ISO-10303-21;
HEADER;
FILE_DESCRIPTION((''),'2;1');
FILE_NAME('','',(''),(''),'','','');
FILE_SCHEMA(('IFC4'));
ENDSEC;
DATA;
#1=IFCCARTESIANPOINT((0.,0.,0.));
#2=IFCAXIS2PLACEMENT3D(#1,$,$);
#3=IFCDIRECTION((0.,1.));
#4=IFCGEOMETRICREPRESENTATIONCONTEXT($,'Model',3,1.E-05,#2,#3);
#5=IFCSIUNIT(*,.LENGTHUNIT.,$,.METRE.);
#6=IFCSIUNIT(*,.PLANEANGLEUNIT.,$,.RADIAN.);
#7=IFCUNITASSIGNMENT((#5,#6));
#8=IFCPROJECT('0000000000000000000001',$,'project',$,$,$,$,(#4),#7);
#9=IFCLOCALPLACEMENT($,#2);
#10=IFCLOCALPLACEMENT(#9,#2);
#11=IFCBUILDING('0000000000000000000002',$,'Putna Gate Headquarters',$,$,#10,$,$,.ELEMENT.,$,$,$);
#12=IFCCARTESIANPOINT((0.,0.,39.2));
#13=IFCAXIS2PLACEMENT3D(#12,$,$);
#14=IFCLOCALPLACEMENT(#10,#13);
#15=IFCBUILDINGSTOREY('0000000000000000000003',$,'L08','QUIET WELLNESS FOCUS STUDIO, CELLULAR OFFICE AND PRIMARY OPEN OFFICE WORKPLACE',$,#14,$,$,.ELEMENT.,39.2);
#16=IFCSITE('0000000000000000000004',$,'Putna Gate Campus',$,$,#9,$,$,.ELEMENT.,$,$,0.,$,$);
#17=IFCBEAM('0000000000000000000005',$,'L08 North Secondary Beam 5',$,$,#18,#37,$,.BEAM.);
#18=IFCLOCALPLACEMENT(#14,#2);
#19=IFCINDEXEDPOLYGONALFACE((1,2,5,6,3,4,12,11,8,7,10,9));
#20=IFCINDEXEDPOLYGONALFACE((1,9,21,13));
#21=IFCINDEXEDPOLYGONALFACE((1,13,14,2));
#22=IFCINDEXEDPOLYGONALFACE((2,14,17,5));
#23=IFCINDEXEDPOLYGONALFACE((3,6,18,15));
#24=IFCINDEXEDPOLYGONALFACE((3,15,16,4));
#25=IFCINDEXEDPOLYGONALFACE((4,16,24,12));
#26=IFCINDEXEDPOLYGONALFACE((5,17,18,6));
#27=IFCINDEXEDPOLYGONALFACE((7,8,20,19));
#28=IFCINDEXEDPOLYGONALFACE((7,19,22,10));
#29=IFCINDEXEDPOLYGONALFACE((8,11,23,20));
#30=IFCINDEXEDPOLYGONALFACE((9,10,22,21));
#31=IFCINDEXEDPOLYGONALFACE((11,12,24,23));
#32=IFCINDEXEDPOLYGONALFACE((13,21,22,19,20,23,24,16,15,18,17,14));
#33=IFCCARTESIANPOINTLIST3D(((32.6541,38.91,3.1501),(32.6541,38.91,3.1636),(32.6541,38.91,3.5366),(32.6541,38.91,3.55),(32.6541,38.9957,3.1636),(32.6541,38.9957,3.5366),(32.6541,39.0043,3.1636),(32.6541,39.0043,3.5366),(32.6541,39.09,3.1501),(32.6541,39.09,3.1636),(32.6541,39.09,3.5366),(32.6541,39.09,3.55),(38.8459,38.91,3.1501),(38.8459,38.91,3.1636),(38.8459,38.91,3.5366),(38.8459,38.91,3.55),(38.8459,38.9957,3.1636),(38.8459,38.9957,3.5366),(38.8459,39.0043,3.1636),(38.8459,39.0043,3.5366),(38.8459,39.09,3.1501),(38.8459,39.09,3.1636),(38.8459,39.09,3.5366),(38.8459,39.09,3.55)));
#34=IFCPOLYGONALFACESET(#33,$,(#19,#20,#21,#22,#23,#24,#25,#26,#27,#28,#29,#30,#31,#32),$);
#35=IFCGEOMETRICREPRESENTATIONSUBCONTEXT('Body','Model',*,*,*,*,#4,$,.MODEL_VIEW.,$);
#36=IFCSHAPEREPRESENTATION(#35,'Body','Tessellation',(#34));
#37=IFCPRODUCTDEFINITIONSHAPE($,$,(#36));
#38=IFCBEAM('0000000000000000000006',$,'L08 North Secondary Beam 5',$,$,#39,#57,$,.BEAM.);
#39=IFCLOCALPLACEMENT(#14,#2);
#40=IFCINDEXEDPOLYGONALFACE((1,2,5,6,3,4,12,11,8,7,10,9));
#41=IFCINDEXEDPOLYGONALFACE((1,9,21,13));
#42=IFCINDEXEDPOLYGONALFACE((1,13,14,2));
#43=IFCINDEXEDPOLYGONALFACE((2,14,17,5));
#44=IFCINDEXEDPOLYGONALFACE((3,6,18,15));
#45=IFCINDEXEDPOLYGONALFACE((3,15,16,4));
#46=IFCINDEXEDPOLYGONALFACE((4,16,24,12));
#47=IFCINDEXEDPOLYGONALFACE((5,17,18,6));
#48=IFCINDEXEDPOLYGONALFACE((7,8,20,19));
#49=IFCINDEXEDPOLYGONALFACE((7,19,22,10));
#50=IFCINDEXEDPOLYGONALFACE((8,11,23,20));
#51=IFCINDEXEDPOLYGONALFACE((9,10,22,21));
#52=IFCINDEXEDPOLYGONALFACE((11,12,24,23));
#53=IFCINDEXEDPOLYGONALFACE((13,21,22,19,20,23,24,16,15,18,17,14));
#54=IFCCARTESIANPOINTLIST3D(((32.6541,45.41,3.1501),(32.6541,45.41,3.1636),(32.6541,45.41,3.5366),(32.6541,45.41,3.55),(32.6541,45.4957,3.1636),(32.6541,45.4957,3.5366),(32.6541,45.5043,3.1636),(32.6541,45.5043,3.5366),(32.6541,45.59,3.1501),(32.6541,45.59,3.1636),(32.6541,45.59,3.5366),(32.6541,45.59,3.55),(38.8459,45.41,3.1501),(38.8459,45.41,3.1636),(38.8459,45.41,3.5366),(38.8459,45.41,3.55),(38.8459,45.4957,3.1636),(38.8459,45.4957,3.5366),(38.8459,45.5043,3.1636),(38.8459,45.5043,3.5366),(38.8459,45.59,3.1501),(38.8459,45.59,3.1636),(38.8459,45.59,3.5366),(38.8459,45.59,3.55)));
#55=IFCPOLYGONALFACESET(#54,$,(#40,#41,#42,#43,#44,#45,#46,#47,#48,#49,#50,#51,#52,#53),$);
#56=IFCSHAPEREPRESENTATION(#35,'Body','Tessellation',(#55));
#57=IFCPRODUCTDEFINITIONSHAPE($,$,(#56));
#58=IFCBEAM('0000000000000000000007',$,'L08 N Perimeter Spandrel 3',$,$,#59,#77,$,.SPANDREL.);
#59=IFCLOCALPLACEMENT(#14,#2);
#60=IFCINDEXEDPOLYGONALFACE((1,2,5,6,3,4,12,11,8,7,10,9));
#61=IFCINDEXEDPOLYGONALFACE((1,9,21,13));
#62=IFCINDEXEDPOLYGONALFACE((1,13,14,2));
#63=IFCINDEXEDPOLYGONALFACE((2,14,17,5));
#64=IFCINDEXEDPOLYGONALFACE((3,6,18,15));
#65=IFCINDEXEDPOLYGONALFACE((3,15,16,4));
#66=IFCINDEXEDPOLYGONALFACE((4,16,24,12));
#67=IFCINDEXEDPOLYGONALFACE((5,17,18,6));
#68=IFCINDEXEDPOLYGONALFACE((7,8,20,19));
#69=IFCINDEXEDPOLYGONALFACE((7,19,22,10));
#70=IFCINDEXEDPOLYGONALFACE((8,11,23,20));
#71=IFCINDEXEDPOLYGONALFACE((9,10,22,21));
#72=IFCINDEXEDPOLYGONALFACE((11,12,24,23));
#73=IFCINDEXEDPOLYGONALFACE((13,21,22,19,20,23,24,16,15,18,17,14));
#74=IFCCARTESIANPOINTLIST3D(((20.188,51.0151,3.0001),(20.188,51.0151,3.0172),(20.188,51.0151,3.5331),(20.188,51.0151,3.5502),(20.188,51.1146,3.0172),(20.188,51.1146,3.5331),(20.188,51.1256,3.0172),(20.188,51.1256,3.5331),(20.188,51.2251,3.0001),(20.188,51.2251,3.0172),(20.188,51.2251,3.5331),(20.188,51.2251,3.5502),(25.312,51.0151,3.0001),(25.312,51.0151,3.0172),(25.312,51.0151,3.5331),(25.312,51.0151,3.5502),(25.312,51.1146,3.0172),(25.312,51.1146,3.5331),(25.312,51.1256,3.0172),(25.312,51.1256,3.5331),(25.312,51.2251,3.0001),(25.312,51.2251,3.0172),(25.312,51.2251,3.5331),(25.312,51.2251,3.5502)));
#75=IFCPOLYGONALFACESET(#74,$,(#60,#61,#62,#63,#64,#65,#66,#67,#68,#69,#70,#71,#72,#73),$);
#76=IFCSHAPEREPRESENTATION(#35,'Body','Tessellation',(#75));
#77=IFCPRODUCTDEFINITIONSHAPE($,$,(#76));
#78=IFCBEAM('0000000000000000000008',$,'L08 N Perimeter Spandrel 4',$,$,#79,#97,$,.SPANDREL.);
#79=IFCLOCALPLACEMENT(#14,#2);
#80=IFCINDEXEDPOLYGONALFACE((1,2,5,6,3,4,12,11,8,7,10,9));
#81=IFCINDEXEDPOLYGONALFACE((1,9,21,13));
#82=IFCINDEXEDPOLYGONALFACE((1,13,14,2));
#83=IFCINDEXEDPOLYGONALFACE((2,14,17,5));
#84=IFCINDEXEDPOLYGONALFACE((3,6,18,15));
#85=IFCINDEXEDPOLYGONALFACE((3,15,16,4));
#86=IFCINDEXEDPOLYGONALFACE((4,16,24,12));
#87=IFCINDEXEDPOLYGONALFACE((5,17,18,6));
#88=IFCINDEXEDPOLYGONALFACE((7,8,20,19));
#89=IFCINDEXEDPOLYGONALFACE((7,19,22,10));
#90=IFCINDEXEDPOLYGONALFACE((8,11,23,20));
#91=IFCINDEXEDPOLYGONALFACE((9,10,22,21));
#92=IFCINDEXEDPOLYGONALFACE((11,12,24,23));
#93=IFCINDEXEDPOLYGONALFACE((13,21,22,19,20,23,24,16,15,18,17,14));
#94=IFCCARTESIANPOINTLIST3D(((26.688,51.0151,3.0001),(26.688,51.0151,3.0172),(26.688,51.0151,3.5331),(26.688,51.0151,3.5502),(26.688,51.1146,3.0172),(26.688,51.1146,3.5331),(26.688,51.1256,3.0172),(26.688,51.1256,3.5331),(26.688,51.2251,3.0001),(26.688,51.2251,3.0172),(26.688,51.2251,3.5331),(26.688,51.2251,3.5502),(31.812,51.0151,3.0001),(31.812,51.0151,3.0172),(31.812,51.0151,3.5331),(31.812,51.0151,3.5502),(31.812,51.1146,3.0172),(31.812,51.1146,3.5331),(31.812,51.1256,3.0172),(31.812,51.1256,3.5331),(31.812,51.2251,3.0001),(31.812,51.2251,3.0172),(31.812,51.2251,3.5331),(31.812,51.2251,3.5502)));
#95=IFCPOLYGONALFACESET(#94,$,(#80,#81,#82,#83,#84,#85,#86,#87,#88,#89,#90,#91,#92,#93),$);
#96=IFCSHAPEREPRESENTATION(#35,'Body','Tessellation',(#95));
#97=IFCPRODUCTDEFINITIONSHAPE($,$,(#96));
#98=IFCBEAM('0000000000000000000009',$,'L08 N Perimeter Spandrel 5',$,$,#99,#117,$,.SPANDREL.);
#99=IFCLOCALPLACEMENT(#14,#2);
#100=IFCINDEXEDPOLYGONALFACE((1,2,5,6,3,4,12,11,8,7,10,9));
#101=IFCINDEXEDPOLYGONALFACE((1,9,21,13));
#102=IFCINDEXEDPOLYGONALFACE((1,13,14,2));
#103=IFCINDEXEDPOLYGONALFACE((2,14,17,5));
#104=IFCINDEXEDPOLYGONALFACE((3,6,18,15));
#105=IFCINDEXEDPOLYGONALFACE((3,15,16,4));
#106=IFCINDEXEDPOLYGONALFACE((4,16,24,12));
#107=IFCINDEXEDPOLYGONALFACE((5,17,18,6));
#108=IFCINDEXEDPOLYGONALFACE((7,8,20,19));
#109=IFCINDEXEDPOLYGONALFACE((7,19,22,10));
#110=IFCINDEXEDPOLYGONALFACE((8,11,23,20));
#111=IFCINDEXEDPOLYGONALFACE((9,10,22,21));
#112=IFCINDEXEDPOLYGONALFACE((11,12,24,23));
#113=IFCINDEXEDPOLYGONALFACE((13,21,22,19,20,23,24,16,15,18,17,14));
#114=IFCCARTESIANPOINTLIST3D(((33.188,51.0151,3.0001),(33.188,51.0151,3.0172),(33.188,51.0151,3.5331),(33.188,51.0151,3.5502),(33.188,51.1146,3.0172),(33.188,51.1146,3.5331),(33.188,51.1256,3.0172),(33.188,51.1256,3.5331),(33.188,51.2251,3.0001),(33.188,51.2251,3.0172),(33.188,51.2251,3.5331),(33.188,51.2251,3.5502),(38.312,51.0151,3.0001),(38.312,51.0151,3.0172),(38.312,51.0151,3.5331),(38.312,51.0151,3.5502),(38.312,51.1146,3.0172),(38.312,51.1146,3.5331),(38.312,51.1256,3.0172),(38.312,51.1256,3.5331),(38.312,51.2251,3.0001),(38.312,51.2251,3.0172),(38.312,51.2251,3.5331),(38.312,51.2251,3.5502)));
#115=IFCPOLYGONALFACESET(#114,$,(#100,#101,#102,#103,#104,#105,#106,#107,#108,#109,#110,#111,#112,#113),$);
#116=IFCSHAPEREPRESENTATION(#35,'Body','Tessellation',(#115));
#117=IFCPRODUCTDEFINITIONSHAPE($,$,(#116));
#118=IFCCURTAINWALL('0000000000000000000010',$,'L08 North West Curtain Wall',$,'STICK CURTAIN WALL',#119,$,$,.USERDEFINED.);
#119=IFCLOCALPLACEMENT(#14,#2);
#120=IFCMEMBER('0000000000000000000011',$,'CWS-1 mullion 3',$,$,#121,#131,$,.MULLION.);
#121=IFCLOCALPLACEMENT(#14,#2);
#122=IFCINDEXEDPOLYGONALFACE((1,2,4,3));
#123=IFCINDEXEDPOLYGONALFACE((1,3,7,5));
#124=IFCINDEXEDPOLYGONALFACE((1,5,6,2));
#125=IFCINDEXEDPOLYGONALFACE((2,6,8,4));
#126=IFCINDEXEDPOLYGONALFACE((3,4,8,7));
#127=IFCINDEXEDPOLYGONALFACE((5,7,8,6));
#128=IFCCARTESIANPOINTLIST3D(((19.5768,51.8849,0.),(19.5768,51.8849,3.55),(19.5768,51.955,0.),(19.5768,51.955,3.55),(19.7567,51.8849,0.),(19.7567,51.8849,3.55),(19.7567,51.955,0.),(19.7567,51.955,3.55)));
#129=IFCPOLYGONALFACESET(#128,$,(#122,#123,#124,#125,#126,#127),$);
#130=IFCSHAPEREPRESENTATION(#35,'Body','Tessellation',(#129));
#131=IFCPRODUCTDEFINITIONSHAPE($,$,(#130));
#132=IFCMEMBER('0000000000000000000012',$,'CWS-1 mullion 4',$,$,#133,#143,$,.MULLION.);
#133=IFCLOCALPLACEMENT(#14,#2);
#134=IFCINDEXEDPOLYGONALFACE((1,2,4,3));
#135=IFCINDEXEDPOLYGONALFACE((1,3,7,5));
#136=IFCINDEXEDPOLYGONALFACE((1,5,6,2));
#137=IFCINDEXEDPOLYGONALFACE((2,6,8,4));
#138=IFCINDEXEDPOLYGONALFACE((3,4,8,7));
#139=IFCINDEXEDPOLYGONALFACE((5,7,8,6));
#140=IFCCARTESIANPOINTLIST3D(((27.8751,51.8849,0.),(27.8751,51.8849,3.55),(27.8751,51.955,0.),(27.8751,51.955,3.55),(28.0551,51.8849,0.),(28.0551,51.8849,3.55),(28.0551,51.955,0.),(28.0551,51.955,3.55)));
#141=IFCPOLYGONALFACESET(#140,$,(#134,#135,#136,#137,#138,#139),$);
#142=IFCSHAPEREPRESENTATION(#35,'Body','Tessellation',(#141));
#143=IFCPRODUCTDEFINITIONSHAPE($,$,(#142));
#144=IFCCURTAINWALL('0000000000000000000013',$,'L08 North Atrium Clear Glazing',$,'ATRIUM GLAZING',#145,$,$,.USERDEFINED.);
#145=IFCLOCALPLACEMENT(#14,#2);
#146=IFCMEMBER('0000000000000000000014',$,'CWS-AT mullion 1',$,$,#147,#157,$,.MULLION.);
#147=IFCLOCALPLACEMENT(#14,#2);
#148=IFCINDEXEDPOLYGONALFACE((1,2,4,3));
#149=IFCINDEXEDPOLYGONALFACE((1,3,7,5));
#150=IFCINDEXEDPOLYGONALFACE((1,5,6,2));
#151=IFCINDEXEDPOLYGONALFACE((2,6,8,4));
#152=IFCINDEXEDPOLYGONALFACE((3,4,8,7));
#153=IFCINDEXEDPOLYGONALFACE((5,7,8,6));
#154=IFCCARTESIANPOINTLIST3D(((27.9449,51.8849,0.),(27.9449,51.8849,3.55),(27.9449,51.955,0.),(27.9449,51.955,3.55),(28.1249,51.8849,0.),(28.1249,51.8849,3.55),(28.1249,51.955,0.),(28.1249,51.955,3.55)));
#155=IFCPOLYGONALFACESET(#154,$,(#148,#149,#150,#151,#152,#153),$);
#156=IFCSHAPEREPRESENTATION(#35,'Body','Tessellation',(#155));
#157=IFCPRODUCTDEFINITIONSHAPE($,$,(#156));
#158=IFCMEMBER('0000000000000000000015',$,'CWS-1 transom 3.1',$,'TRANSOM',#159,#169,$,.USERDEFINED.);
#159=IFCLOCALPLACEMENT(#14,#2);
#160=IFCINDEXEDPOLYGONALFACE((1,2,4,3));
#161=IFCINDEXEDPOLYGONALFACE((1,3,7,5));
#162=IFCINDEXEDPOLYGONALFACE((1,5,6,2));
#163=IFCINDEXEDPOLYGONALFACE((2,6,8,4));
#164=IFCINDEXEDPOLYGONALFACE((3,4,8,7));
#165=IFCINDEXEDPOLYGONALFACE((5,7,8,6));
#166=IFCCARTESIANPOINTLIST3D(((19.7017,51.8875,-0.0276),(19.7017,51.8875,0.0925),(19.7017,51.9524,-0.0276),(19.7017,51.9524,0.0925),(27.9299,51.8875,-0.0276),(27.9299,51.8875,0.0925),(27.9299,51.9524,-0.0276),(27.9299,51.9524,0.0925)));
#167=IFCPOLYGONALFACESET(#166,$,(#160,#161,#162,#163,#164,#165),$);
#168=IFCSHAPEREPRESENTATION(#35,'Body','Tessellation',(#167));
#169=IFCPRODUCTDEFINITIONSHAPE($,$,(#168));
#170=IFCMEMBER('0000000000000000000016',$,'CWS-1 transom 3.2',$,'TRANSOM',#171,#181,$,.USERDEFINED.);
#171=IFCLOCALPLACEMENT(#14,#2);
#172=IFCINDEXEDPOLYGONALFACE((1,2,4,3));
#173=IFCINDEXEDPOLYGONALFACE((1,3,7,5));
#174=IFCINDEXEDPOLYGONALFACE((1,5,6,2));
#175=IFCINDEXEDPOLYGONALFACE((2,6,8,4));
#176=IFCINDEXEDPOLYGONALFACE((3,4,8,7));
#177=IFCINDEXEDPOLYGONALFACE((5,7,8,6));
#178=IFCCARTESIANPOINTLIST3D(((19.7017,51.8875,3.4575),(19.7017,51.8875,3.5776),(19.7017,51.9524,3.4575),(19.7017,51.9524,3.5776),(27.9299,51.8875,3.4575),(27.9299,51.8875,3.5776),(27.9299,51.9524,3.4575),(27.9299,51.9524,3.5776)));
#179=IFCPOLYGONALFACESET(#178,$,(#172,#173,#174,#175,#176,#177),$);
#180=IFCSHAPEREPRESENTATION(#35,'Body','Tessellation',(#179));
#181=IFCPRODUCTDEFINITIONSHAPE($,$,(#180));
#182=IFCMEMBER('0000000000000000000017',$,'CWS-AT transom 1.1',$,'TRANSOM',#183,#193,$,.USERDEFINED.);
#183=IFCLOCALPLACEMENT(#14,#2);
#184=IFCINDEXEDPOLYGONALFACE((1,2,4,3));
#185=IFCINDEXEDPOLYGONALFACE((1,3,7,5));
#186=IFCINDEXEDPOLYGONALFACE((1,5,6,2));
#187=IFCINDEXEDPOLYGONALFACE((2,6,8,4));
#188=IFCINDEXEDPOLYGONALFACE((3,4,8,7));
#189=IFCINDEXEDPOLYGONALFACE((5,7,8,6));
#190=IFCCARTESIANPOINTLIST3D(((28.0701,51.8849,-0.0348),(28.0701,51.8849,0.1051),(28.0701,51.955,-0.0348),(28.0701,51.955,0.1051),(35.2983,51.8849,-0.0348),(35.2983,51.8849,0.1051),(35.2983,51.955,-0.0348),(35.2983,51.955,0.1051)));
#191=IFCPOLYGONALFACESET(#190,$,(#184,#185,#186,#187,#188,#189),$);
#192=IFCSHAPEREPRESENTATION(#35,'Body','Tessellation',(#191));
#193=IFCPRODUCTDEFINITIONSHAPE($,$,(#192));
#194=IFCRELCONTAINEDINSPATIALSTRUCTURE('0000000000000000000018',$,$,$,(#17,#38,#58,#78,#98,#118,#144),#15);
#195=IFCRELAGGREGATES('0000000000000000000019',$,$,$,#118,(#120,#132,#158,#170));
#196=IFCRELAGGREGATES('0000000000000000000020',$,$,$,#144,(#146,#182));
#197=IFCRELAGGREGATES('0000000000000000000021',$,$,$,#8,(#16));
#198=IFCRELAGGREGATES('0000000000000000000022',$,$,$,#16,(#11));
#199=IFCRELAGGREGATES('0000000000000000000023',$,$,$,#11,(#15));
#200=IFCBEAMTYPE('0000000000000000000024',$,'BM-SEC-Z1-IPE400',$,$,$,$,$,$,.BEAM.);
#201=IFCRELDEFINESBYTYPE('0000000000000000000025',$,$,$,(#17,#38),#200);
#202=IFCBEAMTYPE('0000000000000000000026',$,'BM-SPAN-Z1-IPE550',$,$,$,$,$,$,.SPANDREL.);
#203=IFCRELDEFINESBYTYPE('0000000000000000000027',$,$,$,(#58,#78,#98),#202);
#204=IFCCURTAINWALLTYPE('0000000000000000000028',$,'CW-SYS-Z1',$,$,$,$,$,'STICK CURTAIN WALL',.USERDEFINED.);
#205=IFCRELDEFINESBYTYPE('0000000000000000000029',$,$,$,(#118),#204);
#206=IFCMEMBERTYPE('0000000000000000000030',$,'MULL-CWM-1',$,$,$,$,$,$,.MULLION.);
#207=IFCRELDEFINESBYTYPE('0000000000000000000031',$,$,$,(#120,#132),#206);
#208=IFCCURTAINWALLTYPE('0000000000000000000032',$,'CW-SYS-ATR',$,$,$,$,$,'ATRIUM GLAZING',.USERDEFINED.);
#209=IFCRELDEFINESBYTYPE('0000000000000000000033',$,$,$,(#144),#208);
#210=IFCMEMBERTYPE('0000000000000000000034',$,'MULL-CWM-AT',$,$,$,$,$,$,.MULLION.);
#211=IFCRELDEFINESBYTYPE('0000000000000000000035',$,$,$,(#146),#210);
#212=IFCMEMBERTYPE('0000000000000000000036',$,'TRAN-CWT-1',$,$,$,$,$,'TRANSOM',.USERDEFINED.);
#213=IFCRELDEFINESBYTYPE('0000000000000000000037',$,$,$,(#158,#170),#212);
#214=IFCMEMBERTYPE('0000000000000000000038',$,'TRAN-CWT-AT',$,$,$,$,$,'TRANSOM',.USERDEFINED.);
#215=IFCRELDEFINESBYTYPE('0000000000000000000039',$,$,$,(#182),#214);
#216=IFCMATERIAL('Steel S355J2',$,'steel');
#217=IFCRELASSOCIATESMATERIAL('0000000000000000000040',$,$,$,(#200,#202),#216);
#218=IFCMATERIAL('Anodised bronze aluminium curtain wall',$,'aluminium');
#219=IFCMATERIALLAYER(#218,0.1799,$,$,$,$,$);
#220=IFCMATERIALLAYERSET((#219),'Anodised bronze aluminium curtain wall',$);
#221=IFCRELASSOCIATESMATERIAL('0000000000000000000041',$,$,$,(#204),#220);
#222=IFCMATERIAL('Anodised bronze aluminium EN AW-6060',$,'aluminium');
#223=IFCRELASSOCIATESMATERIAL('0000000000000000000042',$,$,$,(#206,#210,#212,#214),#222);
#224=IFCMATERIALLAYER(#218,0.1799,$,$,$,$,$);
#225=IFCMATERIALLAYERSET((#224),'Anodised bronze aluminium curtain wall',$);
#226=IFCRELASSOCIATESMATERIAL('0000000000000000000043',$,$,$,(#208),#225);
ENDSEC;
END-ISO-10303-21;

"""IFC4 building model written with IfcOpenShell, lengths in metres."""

from ifc_helpers import new_model, si_unit, direction, frame, origin, origin_2d, place, context, subcontext, project, spatial, rectangle, i_section, extrude, material, layer, layer_set, material_profile, profile_set, type_object, element, aggregate, save


model = new_model("IFC4")

# Units and contexts
model_context = context("Model", 3, precision=1e-05, world=origin(), true_north=direction((0.0, 1.0)))
body_context = subcontext(model_context, "Body", "Model", "MODEL_VIEW")
ifc_project = project(units=[si_unit("LENGTHUNIT", "METRE"), si_unit("PLANEANGLEUNIT", "RADIAN")], contexts=[model_context])

# Site, building, storey
site_placement = place(None, origin())
site = spatial("IfcSite", under=ifc_project, at=site_placement, Name="Putna Gate Campus", CompositionType="ELEMENT", RefElevation=0.0)
building_placement = place(site_placement, origin())
building = spatial("IfcBuilding", under=site, at=building_placement, Name="Putna Gate Headquarters", CompositionType="ELEMENT")
storey_placement = place(building_placement, frame((0.0, 0.0, 39.2)))
storey = spatial("IfcBuildingStorey", under=building, at=storey_placement, Name="L08", Description="QUIET WELLNESS FOCUS STUDIO, CELLULAR OFFICE AND PRIMARY OPEN OFFICE WORKPLACE", CompositionType="ELEMENT", Elevation=39.2)

# Beams
ifc_material_1 = material(Name="Steel S355J2", Category="steel")
ifc_material_profile_1 = material_profile(ifc_material_1, i_section(OverallWidth=0.1799, OverallDepth=0.3999, WebThickness=0.0085, FlangeThickness=0.0134, at=origin_2d()), Name="Steel S355J2")
ifc_profile_set_1 = profile_set([ifc_material_profile_1], Name="Steel S355J2")
beam_type_1 = type_object("IfcBeamType", Name="BM-SEC-Z1-IPE400", PredefinedType="BEAM", material=ifc_profile_set_1)
for number, where, z_axis, x_axis, name in (
    (1, (32.6541, 39.0, 3.3501), (1.0, 0.0, 0.0), (0.0, 1.0, 0.0), "L08 North Secondary Beam 5"),
    (2, (32.6541, 45.5, 3.3501), (1.0, 0.0, 0.0), (0.0, 1.0, 0.0), "L08 North Secondary Beam 5"),
):
    element("IfcBeam", number, at=place(storey_placement, frame(where, z_axis=z_axis, x_axis=x_axis)), inside=storey, type_object=beam_type_1, Name=name, PredefinedType="BEAM", context=body_context, shape_type="SweptSolid", body=[
        extrude(i_section(OverallWidth=0.1799, OverallDepth=0.3999, WebThickness=0.0085, FlangeThickness=0.0134, at=origin_2d()), origin(), (0.0, 0.0, 1.0), 6.1919),
    ])
ifc_material_profile_2 = material_profile(ifc_material_1, i_section(OverallWidth=0.21, OverallDepth=0.55, WebThickness=0.011, FlangeThickness=0.0171, at=origin_2d()), Name="Steel S355J2")
ifc_profile_set_2 = profile_set([ifc_material_profile_2], Name="Steel S355J2")
beam_type_2 = type_object("IfcBeamType", Name="BM-SPAN-Z1-IPE550", PredefinedType="SPANDREL", material=ifc_profile_set_2)
for number, where, z_axis, x_axis, name in (
    (3, (20.188, 51.1201, 3.2751), (1.0, 0.0, 0.0), (0.0, 1.0, 0.0), "L08 N Perimeter Spandrel 3"),
    (4, (26.688, 51.1201, 3.2751), (1.0, 0.0, 0.0), (0.0, 1.0, 0.0), "L08 N Perimeter Spandrel 4"),
    (5, (33.188, 51.1201, 3.2751), (1.0, 0.0, 0.0), (0.0, 1.0, 0.0), "L08 N Perimeter Spandrel 5"),
):
    element("IfcBeam", number, at=place(storey_placement, frame(where, z_axis=z_axis, x_axis=x_axis)), inside=storey, type_object=beam_type_2, Name=name, PredefinedType="SPANDREL", context=body_context, shape_type="SweptSolid", body=[
        extrude(i_section(OverallWidth=0.21, OverallDepth=0.55, WebThickness=0.011, FlangeThickness=0.0171, at=origin_2d()), origin(), (0.0, 0.0, 1.0), 5.124),
    ])

# Curtain wall, members
ifc_material_2 = material(Name="Anodised bronze aluminium curtain wall", Category="aluminium")
ifc_layer_1 = layer(ifc_material_2, 0.1799)
ifc_layer_set_1 = layer_set([ifc_layer_1], Name="Anodised bronze aluminium curtain wall")
curtain_wall_type_1 = type_object("IfcCurtainWallType", Name="CW-SYS-Z1", ElementType="STICK CURTAIN WALL", PredefinedType="USERDEFINED", material=ifc_layer_set_1)
curtain_wall_1_placement = place(storey_placement, origin())
curtain_wall_1 = element("IfcCurtainWall", 6, at=curtain_wall_1_placement, inside=storey, type_object=curtain_wall_type_1, Name="L08 North West Curtain Wall", ObjectType="STICK CURTAIN WALL", PredefinedType="USERDEFINED")
ifc_material_3 = material(Name="Anodised bronze aluminium EN AW-6060", Category="aluminium")
ifc_material_profile_3 = material_profile(ifc_material_3, rectangle(XDim=0.0701, YDim=0.1799, at=origin_2d()), Name="Anodised bronze aluminium EN AW-6060")
ifc_profile_set_3 = profile_set([ifc_material_profile_3], Name="Anodised bronze aluminium EN AW-6060")
member_type_1 = type_object("IfcMemberType", Name="MULL-CWM-1", PredefinedType="MULLION", material=ifc_profile_set_3)
member_1_placement = place(storey_placement, frame((19.6667, 51.9199, 0.0), z_axis=(0.0, 0.0, 1.0), x_axis=(0.0, 1.0, 0.0)))
member_1 = element("IfcMember", 7, at=member_1_placement, type_object=member_type_1, Name="CWS-1 mullion 3", PredefinedType="MULLION", context=body_context, shape_type="SweptSolid", body=[
    extrude(rectangle(XDim=0.0701, YDim=0.1799, at=origin_2d()), origin(), (0.0, 0.0, 1.0), 3.55),
])
member_2_placement = place(storey_placement, frame((27.9651, 51.9199, 0.0), z_axis=(0.0, 0.0, 1.0), x_axis=(0.0, 1.0, 0.0)))
member_2 = element("IfcMember", 8, at=member_2_placement, type_object=member_type_1, Name="CWS-1 mullion 4", PredefinedType="MULLION", context=body_context, shape_type="SweptSolid", body=[
    extrude(rectangle(XDim=0.0701, YDim=0.1799, at=origin_2d()), origin(), (0.0, 0.0, 1.0), 3.55),
])

# Curtain wall, member
ifc_layer_2 = layer(ifc_material_2, 0.1799)
ifc_layer_set_2 = layer_set([ifc_layer_2], Name="Anodised bronze aluminium curtain wall")
curtain_wall_type_2 = type_object("IfcCurtainWallType", Name="CW-SYS-ATR", ElementType="ATRIUM GLAZING", PredefinedType="USERDEFINED", material=ifc_layer_set_2)
curtain_wall_2_placement = place(storey_placement, origin())
curtain_wall_2 = element("IfcCurtainWall", 9, at=curtain_wall_2_placement, inside=storey, type_object=curtain_wall_type_2, Name="L08 North Atrium Clear Glazing", ObjectType="ATRIUM GLAZING", PredefinedType="USERDEFINED")
ifc_material_profile_4 = material_profile(ifc_material_3, rectangle(XDim=0.0701, YDim=0.1799, at=origin_2d()), Name="Anodised bronze aluminium EN AW-6060")
ifc_profile_set_4 = profile_set([ifc_material_profile_4], Name="Anodised bronze aluminium EN AW-6060")
member_type_2 = type_object("IfcMemberType", Name="MULL-CWM-AT", PredefinedType="MULLION", material=ifc_profile_set_4)
member_3_placement = place(storey_placement, frame((28.0349, 51.9199, 0.0), z_axis=(0.0, 0.0, 1.0), x_axis=(0.0, 1.0, 0.0)))
member_3 = element("IfcMember", 10, at=member_3_placement, type_object=member_type_2, Name="CWS-AT mullion 1", PredefinedType="MULLION", context=body_context, shape_type="SweptSolid", body=[
    extrude(rectangle(XDim=0.0701, YDim=0.1799, at=origin_2d()), origin(), (0.0, 0.0, 1.0), 3.55),
])

# Members
ifc_material_profile_5 = material_profile(ifc_material_3, rectangle(XDim=0.0649, YDim=0.1201, at=origin_2d()), Name="Anodised bronze aluminium EN AW-6060")
ifc_profile_set_5 = profile_set([ifc_material_profile_5], Name="Anodised bronze aluminium EN AW-6060")
member_type_3 = type_object("IfcMemberType", Name="TRAN-CWT-1", ElementType="TRANSOM", PredefinedType="USERDEFINED", material=ifc_profile_set_5)
member_4_placement = place(storey_placement, frame((19.7017, 51.9199, 0.0325), z_axis=(1.0, 0.0, 0.0), x_axis=(0.0, 1.0, 0.0)))
member_4 = element("IfcMember", 11, at=member_4_placement, type_object=member_type_3, Name="CWS-1 transom 3.1", ObjectType="TRANSOM", PredefinedType="USERDEFINED", context=body_context, shape_type="SweptSolid", body=[
    extrude(rectangle(XDim=0.0649, YDim=0.1201, at=origin_2d()), origin(), (0.0, 0.0, 1.0), 8.2283),
])
member_5_placement = place(storey_placement, frame((19.7017, 51.9199, 3.5176), z_axis=(1.0, 0.0, 0.0), x_axis=(0.0, 1.0, 0.0)))
member_5 = element("IfcMember", 12, at=member_5_placement, type_object=member_type_3, Name="CWS-1 transom 3.2", ObjectType="TRANSOM", PredefinedType="USERDEFINED", context=body_context, shape_type="SweptSolid", body=[
    extrude(rectangle(XDim=0.0649, YDim=0.1201, at=origin_2d()), origin(), (0.0, 0.0, 1.0), 8.2283),
])
ifc_material_profile_6 = material_profile(ifc_material_3, rectangle(XDim=0.0701, YDim=0.1399, at=origin_2d()), Name="Anodised bronze aluminium EN AW-6060")
ifc_profile_set_6 = profile_set([ifc_material_profile_6], Name="Anodised bronze aluminium EN AW-6060")
member_type_4 = type_object("IfcMemberType", Name="TRAN-CWT-AT", ElementType="TRANSOM", PredefinedType="USERDEFINED", material=ifc_profile_set_6)
member_6_placement = place(storey_placement, frame((28.0701, 51.9199, 0.0352), z_axis=(1.0, 0.0, 0.0), x_axis=(0.0, 1.0, 0.0)))
member_6 = element("IfcMember", 13, at=member_6_placement, type_object=member_type_4, Name="CWS-AT transom 1.1", ObjectType="TRANSOM", PredefinedType="USERDEFINED", context=body_context, shape_type="SweptSolid", body=[
    extrude(rectangle(XDim=0.0701, YDim=0.1399, at=origin_2d()), origin(), (0.0, 0.0, 1.0), 7.2283),
])

aggregate(curtain_wall_1, [member_1, member_2, member_4, member_5])
aggregate(curtain_wall_2, [member_3, member_6])

save(model, "model.ifc")
